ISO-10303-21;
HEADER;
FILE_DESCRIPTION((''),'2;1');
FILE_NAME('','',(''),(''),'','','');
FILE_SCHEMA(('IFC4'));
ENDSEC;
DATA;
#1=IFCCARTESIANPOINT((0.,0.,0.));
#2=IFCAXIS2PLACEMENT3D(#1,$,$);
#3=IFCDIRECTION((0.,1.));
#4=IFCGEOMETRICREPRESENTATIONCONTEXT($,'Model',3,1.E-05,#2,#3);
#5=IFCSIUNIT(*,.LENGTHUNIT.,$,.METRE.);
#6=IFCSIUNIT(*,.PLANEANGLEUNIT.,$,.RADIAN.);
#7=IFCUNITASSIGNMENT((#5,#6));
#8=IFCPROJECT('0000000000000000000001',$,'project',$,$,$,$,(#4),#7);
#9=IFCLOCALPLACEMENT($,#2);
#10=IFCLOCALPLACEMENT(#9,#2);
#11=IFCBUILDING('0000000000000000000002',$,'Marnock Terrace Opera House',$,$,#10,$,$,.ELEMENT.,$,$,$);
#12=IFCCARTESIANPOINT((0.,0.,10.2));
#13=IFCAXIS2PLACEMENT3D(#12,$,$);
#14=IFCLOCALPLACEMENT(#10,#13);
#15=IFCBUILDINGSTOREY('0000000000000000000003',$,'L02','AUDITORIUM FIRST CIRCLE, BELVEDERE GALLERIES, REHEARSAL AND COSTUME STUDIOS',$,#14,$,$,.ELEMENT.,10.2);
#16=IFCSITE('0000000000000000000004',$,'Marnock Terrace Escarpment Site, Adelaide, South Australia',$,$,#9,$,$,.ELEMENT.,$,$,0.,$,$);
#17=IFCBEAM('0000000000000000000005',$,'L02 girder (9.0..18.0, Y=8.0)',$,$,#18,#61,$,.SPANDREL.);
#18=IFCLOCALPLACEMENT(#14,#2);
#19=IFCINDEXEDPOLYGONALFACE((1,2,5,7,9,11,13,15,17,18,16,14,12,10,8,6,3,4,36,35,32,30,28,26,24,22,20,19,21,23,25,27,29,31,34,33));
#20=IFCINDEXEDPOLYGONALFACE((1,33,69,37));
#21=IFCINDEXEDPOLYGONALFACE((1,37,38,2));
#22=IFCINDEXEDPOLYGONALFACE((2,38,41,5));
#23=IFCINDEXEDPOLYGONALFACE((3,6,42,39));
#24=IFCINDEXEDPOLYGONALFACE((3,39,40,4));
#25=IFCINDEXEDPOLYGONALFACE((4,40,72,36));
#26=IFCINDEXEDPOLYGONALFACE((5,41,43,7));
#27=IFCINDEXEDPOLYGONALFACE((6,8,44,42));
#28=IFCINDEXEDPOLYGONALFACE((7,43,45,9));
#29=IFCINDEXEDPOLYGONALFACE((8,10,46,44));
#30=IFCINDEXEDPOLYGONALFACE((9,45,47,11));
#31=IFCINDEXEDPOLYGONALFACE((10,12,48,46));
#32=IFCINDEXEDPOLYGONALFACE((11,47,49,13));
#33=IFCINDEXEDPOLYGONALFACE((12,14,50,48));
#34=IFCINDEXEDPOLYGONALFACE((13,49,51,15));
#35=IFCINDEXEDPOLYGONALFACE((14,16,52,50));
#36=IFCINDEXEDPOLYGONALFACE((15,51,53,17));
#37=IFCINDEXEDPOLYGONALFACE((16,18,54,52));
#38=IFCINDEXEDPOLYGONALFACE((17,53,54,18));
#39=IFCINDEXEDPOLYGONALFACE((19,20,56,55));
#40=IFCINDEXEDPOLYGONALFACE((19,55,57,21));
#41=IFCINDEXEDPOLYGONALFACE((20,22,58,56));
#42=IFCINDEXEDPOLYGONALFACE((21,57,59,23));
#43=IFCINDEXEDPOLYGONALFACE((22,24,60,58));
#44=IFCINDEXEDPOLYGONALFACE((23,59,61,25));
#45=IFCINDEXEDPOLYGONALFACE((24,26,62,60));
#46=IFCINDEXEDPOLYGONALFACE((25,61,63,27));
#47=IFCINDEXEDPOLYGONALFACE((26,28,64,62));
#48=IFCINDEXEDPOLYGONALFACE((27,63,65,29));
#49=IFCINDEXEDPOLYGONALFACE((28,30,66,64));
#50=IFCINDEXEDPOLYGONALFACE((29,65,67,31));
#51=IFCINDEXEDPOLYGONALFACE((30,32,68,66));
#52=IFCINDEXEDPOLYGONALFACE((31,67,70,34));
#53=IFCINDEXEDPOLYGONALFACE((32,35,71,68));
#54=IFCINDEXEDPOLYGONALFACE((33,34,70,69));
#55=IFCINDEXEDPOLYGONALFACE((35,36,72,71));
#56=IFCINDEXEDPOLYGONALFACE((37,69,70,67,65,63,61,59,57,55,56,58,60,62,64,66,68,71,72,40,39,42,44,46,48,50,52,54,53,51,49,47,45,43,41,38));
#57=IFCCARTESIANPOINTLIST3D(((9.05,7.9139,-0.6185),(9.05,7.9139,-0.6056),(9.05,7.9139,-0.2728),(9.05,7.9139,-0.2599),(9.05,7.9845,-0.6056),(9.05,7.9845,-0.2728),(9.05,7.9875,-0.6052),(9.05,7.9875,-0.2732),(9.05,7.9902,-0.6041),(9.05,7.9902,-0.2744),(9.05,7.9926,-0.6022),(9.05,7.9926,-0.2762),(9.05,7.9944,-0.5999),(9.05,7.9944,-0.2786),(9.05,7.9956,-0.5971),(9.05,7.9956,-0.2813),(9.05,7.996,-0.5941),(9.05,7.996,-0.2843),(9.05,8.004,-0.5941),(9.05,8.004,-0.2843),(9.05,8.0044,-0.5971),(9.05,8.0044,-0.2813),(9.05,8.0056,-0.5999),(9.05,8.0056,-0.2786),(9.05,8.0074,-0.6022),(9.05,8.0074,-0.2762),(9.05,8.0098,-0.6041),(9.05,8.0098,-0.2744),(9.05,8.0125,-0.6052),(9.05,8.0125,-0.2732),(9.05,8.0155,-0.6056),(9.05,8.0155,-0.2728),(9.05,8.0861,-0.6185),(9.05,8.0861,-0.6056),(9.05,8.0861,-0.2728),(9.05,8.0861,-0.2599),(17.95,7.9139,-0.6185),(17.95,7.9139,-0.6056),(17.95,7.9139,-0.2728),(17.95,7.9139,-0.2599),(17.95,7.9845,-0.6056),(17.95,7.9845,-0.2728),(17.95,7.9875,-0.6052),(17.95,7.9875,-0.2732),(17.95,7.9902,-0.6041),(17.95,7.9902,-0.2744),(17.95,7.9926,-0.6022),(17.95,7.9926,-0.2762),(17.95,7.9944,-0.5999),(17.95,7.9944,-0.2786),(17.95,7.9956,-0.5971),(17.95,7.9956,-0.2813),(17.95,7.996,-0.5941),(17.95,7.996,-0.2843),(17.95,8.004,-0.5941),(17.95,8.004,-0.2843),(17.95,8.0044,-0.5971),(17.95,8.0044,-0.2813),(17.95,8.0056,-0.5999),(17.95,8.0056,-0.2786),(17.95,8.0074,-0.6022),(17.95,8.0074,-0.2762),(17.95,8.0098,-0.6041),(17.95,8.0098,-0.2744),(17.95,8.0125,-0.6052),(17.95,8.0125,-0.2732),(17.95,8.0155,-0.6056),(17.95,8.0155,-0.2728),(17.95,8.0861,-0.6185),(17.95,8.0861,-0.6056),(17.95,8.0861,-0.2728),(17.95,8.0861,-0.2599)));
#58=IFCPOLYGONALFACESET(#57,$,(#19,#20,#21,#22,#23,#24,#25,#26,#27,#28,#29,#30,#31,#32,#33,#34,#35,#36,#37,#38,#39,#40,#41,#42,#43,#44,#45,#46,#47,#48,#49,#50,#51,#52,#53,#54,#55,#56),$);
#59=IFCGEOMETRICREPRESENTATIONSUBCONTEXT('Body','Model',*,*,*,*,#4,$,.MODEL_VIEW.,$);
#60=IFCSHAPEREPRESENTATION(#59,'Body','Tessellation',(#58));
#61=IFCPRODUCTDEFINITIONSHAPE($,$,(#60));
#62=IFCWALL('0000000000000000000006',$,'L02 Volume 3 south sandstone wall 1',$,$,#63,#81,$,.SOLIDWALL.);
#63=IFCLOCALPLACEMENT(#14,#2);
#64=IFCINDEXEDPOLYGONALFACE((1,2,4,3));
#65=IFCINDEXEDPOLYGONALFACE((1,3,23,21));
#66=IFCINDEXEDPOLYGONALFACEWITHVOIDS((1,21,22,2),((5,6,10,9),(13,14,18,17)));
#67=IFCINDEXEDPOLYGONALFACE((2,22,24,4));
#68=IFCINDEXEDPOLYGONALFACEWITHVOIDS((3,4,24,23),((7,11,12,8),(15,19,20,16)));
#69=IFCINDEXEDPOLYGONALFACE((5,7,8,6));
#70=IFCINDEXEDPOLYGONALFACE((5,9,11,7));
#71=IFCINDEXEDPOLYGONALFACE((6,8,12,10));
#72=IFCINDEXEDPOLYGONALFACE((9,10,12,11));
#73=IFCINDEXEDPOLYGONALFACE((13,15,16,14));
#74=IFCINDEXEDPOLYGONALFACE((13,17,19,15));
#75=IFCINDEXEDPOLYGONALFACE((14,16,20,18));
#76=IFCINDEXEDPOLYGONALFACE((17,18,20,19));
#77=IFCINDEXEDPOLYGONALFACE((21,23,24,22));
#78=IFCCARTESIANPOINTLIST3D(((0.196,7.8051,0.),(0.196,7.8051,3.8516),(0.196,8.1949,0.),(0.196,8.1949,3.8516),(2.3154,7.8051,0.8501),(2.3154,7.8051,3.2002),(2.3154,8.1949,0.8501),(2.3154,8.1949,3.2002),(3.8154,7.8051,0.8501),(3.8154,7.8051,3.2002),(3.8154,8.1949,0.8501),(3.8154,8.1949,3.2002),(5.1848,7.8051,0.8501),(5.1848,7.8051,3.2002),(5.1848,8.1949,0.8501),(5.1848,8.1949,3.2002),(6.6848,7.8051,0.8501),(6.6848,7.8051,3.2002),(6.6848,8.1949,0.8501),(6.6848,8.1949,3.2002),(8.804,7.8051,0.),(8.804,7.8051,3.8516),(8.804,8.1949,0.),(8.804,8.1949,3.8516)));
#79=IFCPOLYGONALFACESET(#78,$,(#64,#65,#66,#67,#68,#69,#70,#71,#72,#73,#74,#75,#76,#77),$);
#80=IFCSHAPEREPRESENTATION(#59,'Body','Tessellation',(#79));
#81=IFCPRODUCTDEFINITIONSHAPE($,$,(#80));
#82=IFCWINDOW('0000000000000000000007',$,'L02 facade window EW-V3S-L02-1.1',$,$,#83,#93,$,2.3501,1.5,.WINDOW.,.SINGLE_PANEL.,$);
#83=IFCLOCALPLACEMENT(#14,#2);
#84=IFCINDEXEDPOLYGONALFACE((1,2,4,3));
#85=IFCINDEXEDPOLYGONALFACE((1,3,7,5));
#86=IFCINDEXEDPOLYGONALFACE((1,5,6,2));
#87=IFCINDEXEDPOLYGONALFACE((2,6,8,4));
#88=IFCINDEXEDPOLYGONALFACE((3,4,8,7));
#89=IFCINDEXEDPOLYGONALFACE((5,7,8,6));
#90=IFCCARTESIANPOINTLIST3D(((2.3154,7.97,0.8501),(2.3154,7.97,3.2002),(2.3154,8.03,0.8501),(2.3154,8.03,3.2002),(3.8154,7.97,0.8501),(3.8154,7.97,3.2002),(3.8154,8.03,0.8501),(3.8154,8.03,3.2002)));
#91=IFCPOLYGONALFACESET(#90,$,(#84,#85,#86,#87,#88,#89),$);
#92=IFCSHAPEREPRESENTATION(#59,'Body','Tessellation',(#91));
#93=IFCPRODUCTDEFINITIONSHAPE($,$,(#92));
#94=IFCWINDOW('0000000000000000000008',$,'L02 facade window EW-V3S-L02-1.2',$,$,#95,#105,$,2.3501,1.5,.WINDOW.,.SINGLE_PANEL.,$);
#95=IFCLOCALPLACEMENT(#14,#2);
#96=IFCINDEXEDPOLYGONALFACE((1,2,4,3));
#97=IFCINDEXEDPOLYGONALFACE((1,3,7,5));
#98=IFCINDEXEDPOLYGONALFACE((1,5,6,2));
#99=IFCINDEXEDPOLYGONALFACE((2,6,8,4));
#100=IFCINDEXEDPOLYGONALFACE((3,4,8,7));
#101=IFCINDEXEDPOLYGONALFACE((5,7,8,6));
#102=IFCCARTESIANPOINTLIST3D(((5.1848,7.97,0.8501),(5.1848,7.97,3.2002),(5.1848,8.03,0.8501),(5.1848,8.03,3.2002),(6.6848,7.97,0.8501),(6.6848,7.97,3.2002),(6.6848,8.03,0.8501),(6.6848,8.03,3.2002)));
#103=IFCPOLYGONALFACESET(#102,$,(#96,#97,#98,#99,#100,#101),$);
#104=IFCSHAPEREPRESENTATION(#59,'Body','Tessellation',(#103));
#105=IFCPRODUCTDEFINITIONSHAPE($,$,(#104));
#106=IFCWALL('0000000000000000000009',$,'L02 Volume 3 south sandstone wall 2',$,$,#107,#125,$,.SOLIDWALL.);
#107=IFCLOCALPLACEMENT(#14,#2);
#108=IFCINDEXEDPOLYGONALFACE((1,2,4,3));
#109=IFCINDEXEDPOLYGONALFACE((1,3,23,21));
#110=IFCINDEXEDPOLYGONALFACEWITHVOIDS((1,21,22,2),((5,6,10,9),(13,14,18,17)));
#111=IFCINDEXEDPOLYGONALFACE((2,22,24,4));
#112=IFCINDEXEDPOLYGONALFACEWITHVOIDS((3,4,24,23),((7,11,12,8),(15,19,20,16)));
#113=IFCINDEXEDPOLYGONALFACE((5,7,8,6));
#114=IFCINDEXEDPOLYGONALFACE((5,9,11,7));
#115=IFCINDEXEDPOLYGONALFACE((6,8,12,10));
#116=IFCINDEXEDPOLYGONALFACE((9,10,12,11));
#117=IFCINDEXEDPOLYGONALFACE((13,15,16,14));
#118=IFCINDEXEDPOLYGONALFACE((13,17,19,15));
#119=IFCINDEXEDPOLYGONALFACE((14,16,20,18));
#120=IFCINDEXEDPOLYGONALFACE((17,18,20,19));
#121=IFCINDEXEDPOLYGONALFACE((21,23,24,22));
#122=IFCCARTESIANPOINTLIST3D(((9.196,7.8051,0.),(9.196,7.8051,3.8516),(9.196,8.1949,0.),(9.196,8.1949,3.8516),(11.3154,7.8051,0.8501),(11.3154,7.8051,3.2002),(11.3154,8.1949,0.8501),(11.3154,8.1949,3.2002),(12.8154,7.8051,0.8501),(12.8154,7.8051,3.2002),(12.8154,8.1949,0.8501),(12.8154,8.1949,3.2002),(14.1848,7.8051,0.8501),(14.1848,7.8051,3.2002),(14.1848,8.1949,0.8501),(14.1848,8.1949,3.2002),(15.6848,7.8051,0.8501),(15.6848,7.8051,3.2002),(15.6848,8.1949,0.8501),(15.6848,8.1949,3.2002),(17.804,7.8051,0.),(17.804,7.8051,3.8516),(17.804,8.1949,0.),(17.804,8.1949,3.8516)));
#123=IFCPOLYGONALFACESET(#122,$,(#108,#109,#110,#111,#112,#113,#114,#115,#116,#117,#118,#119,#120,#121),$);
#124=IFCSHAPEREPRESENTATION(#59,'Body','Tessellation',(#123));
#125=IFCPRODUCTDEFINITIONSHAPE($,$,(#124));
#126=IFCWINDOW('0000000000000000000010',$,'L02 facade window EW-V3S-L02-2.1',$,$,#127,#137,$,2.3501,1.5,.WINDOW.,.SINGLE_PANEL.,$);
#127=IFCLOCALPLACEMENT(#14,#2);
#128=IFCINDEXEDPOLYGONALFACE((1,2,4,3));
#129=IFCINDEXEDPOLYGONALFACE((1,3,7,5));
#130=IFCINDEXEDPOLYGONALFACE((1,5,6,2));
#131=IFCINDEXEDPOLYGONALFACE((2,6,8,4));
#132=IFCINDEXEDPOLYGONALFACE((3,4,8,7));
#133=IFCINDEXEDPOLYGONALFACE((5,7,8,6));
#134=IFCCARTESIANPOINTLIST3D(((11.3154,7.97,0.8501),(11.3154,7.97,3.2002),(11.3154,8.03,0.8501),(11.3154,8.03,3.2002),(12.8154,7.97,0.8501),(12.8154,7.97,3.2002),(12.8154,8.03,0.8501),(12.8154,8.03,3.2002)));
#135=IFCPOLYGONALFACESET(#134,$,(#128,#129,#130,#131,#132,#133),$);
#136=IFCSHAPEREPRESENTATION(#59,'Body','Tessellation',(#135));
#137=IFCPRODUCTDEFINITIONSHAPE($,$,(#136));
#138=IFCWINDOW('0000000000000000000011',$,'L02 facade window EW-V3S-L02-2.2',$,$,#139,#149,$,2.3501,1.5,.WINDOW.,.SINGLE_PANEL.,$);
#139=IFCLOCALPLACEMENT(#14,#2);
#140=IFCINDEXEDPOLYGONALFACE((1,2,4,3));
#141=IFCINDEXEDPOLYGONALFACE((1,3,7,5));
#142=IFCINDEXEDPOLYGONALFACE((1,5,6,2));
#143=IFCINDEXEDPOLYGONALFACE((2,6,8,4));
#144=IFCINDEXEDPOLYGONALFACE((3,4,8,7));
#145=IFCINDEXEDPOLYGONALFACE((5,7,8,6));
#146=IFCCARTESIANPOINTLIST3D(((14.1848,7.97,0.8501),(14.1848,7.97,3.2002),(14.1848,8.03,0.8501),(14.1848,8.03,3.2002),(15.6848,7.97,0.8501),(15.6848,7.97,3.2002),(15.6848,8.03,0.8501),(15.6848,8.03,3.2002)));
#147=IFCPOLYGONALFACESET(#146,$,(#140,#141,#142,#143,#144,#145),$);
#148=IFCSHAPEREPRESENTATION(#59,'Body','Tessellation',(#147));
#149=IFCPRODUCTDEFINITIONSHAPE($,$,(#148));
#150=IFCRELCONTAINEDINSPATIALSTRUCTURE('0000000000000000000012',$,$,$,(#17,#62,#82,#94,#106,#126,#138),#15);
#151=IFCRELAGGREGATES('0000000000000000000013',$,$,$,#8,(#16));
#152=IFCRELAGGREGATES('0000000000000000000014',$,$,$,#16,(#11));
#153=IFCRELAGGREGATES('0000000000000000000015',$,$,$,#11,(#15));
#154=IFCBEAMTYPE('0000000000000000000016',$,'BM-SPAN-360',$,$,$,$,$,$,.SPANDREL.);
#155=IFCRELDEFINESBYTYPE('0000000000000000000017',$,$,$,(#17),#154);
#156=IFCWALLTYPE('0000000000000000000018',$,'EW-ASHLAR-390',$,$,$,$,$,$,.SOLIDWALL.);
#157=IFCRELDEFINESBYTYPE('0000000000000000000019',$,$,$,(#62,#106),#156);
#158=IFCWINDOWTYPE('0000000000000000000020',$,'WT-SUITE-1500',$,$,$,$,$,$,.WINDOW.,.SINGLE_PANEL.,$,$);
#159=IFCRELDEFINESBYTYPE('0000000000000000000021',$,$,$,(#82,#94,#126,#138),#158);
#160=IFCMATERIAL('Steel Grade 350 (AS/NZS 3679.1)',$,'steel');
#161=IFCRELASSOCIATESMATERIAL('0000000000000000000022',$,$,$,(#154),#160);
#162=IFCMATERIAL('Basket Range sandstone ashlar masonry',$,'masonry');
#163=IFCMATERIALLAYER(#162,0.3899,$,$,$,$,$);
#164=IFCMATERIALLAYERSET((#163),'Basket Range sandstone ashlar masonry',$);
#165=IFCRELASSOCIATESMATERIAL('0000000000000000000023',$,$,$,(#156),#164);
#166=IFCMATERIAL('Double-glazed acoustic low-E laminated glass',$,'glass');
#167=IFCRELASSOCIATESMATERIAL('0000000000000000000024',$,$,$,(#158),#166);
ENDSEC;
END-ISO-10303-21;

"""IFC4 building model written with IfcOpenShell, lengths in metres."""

from ifc_helpers import new_model, si_unit, direction, frame, frame_2d, origin, origin_2d, place, context, subcontext, project, spatial, rectangle, i_section, extrude, material, layer, layer_set, material_profile, profile_set, type_object, element, fill, save


model = new_model("IFC4")

# Units and contexts
model_context = context("Model", 3, precision=1e-05, world=origin(), true_north=direction((0.0, 1.0)))
body_context = subcontext(model_context, "Body", "Model", "MODEL_VIEW")
ifc_project = project(units=[si_unit("LENGTHUNIT", "METRE"), si_unit("PLANEANGLEUNIT", "RADIAN")], contexts=[model_context])

# Site, building, storey
site_placement = place(None, origin())
site = spatial("IfcSite", under=ifc_project, at=site_placement, Name="Marnock Terrace Escarpment Site, Adelaide, South Australia", CompositionType="ELEMENT", RefElevation=0.0)
building_placement = place(site_placement, origin())
building = spatial("IfcBuilding", under=site, at=building_placement, Name="Marnock Terrace Opera House", CompositionType="ELEMENT")
storey_placement = place(building_placement, frame((0.0, 0.0, 10.2)))
storey = spatial("IfcBuildingStorey", under=building, at=storey_placement, Name="L02", Description="AUDITORIUM FIRST CIRCLE, BELVEDERE GALLERIES, REHEARSAL AND COSTUME STUDIOS", CompositionType="ELEMENT", Elevation=10.2)

# Shared definitions
ifc_material_1 = material(Name="Steel Grade 350 (AS/NZS 3679.1)", Category="steel")

# Beam
ifc_material_profile_1 = material_profile(ifc_material_1, i_section(OverallWidth=0.1721, OverallDepth=0.3586, WebThickness=0.0081, FlangeThickness=0.0129, FilletRadius=0.0115, at=origin_2d()))
ifc_profile_set_1 = profile_set([ifc_material_profile_1], Name="Steel Grade 350 (AS/NZS 3679.1)")
beam_type_1 = type_object("IfcBeamType", Name="BM-SPAN-360", PredefinedType="SPANDREL", material=ifc_profile_set_1)
beam_1_placement = place(storey_placement, frame((9.05, 8.0, -0.4392), z_axis=(1.0, 0.0, 0.0), x_axis=(0.0, 1.0, 0.0)))
element("IfcBeam", 1, at=beam_1_placement, inside=storey, type_object=beam_type_1, Name="L02 girder (9.0..18.0, Y=8.0)", PredefinedType="SPANDREL", context=body_context, shape_type="SweptSolid", body=[
    extrude(i_section(OverallWidth=0.1721, OverallDepth=0.3586, WebThickness=0.0081, FlangeThickness=0.0129, FilletRadius=0.0115, at=origin_2d()), origin(), (0.0, 0.0, 1.0), 8.8999),
])

# Walls, openings, windows
ifc_material_2 = material(Name="Basket Range sandstone ashlar masonry", Category="masonry")
ifc_layer = layer(ifc_material_2, 0.3899)
ifc_layer_set = layer_set([ifc_layer], Name="Basket Range sandstone ashlar masonry")
wall_type = type_object("IfcWallType", Name="EW-ASHLAR-390", PredefinedType="SOLIDWALL", material=ifc_layer_set)
wall_1_placement = place(storey_placement, frame((0.196, 8.0, 0.0), z_axis=(0.0, 0.0, 1.0), x_axis=(1.0, 0.0, 0.0)))
wall_1 = element("IfcWall", 2, at=wall_1_placement, inside=storey, type_object=wall_type, Name="L02 Volume 3 south sandstone wall 1", PredefinedType="SOLIDWALL", context=body_context, shape_type="SweptSolid", body=[
    extrude(rectangle(XDim=8.6079, YDim=0.3899, at=frame_2d((4.304, 0.0))), origin(), (0.0, 0.0, 1.0), 3.8516),
])
opening_1_placement = place(wall_1_placement, frame((2.1194, 0.0, 0.8501)))
opening_1 = element("IfcOpeningElement", 3, at=opening_1_placement, cuts=wall_1, PredefinedType="OPENING", context=body_context, shape_type="SweptSolid", body=[
    extrude(rectangle(XDim=1.5, YDim=2.3501, at=frame_2d((0.75, 1.175))), frame((0.0, 0.2048, 0.0), z_axis=(0.0, -1.0, 0.0), x_axis=(1.0, 0.0, 0.0)), (0.0, 0.0, 1.0), 0.4099),
])
opening_2_placement = place(wall_1_placement, frame((4.9888, 0.0, 0.8501)))
opening_2 = element("IfcOpeningElement", 4, at=opening_2_placement, cuts=wall_1, PredefinedType="OPENING", context=body_context, shape_type="SweptSolid", body=[
    extrude(rectangle(XDim=1.5, YDim=2.3501, at=frame_2d((0.75, 1.175))), frame((0.0, 0.2048, 0.0), z_axis=(0.0, -1.0, 0.0), x_axis=(1.0, 0.0, 0.0)), (0.0, 0.0, 1.0), 0.4099),
])
ifc_material_3 = material(Name="Double-glazed acoustic low-E laminated glass", Category="glass")
window_type = type_object("IfcWindowType", Name="WT-SUITE-1500", PartitioningType="SINGLE_PANEL", PredefinedType="WINDOW", material=ifc_material_3)
window_1_placement = place(opening_1_placement, origin())
window_1 = element("IfcWindow", 5, at=window_1_placement, inside=storey, type_object=window_type, Name="L02 facade window EW-V3S-L02-1.1", OverallHeight=2.3501, OverallWidth=1.5, PartitioningType="SINGLE_PANEL", PredefinedType="WINDOW", context=body_context, shape_type="SweptSolid", body=[
    extrude(rectangle(XDim=1.5, YDim=2.3501, at=frame_2d((0.75, 1.175))), frame((0.0, 0.03, 0.0), z_axis=(0.0, -1.0, 0.0), x_axis=(1.0, 0.0, 0.0)), (0.0, 0.0, 1.0), 0.0601),
])
fill(opening_1, window_1)
window_2_placement = place(opening_2_placement, origin())
window_2 = element("IfcWindow", 6, at=window_2_placement, inside=storey, type_object=window_type, Name="L02 facade window EW-V3S-L02-1.2", OverallHeight=2.3501, OverallWidth=1.5, PartitioningType="SINGLE_PANEL", PredefinedType="WINDOW", context=body_context, shape_type="SweptSolid", body=[
    extrude(rectangle(XDim=1.5, YDim=2.3501, at=frame_2d((0.75, 1.175))), frame((0.0, 0.03, 0.0), z_axis=(0.0, -1.0, 0.0), x_axis=(1.0, 0.0, 0.0)), (0.0, 0.0, 1.0), 0.0601),
])
fill(opening_2, window_2)
wall_2_placement = place(storey_placement, frame((9.196, 8.0, 0.0), z_axis=(0.0, 0.0, 1.0), x_axis=(1.0, 0.0, 0.0)))
wall_2 = element("IfcWall", 7, at=wall_2_placement, inside=storey, type_object=wall_type, Name="L02 Volume 3 south sandstone wall 2", PredefinedType="SOLIDWALL", context=body_context, shape_type="SweptSolid", body=[
    extrude(rectangle(XDim=8.6079, YDim=0.3899, at=frame_2d((4.304, 0.0))), origin(), (0.0, 0.0, 1.0), 3.8516),
])
opening_3_placement = place(wall_2_placement, frame((2.1194, 0.0, 0.8501)))
opening_3 = element("IfcOpeningElement", 8, at=opening_3_placement, cuts=wall_2, PredefinedType="OPENING", context=body_context, shape_type="SweptSolid", body=[
    extrude(rectangle(XDim=1.5, YDim=2.3501, at=frame_2d((0.75, 1.175))), frame((0.0, 0.2048, 0.0), z_axis=(0.0, -1.0, 0.0), x_axis=(1.0, 0.0, 0.0)), (0.0, 0.0, 1.0), 0.4099),
])
opening_4_placement = place(wall_2_placement, frame((4.9888, 0.0, 0.8501)))
opening_4 = element("IfcOpeningElement", 9, at=opening_4_placement, cuts=wall_2, PredefinedType="OPENING", context=body_context, shape_type="SweptSolid", body=[
    extrude(rectangle(XDim=1.5, YDim=2.3501, at=frame_2d((0.75, 1.175))), frame((0.0, 0.2048, 0.0), z_axis=(0.0, -1.0, 0.0), x_axis=(1.0, 0.0, 0.0)), (0.0, 0.0, 1.0), 0.4099),
])
window_3_placement = place(opening_3_placement, origin())
window_3 = element("IfcWindow", 10, at=window_3_placement, inside=storey, type_object=window_type, Name="L02 facade window EW-V3S-L02-2.1", OverallHeight=2.3501, OverallWidth=1.5, PartitioningType="SINGLE_PANEL", PredefinedType="WINDOW", context=body_context, shape_type="SweptSolid", body=[
    extrude(rectangle(XDim=1.5, YDim=2.3501, at=frame_2d((0.75, 1.175))), frame((0.0, 0.03, 0.0), z_axis=(0.0, -1.0, 0.0), x_axis=(1.0, 0.0, 0.0)), (0.0, 0.0, 1.0), 0.0601),
])
fill(opening_3, window_3)
window_4_placement = place(opening_4_placement, origin())
window_4 = element("IfcWindow", 11, at=window_4_placement, inside=storey, type_object=window_type, Name="L02 facade window EW-V3S-L02-2.2", OverallHeight=2.3501, OverallWidth=1.5, PartitioningType="SINGLE_PANEL", PredefinedType="WINDOW", context=body_context, shape_type="SweptSolid", body=[
    extrude(rectangle(XDim=1.5, YDim=2.3501, at=frame_2d((0.75, 1.175))), frame((0.0, 0.03, 0.0), z_axis=(0.0, -1.0, 0.0), x_axis=(1.0, 0.0, 0.0)), (0.0, 0.0, 1.0), 0.0601),
])
fill(opening_4, window_4)

save(model, "model.ifc")
